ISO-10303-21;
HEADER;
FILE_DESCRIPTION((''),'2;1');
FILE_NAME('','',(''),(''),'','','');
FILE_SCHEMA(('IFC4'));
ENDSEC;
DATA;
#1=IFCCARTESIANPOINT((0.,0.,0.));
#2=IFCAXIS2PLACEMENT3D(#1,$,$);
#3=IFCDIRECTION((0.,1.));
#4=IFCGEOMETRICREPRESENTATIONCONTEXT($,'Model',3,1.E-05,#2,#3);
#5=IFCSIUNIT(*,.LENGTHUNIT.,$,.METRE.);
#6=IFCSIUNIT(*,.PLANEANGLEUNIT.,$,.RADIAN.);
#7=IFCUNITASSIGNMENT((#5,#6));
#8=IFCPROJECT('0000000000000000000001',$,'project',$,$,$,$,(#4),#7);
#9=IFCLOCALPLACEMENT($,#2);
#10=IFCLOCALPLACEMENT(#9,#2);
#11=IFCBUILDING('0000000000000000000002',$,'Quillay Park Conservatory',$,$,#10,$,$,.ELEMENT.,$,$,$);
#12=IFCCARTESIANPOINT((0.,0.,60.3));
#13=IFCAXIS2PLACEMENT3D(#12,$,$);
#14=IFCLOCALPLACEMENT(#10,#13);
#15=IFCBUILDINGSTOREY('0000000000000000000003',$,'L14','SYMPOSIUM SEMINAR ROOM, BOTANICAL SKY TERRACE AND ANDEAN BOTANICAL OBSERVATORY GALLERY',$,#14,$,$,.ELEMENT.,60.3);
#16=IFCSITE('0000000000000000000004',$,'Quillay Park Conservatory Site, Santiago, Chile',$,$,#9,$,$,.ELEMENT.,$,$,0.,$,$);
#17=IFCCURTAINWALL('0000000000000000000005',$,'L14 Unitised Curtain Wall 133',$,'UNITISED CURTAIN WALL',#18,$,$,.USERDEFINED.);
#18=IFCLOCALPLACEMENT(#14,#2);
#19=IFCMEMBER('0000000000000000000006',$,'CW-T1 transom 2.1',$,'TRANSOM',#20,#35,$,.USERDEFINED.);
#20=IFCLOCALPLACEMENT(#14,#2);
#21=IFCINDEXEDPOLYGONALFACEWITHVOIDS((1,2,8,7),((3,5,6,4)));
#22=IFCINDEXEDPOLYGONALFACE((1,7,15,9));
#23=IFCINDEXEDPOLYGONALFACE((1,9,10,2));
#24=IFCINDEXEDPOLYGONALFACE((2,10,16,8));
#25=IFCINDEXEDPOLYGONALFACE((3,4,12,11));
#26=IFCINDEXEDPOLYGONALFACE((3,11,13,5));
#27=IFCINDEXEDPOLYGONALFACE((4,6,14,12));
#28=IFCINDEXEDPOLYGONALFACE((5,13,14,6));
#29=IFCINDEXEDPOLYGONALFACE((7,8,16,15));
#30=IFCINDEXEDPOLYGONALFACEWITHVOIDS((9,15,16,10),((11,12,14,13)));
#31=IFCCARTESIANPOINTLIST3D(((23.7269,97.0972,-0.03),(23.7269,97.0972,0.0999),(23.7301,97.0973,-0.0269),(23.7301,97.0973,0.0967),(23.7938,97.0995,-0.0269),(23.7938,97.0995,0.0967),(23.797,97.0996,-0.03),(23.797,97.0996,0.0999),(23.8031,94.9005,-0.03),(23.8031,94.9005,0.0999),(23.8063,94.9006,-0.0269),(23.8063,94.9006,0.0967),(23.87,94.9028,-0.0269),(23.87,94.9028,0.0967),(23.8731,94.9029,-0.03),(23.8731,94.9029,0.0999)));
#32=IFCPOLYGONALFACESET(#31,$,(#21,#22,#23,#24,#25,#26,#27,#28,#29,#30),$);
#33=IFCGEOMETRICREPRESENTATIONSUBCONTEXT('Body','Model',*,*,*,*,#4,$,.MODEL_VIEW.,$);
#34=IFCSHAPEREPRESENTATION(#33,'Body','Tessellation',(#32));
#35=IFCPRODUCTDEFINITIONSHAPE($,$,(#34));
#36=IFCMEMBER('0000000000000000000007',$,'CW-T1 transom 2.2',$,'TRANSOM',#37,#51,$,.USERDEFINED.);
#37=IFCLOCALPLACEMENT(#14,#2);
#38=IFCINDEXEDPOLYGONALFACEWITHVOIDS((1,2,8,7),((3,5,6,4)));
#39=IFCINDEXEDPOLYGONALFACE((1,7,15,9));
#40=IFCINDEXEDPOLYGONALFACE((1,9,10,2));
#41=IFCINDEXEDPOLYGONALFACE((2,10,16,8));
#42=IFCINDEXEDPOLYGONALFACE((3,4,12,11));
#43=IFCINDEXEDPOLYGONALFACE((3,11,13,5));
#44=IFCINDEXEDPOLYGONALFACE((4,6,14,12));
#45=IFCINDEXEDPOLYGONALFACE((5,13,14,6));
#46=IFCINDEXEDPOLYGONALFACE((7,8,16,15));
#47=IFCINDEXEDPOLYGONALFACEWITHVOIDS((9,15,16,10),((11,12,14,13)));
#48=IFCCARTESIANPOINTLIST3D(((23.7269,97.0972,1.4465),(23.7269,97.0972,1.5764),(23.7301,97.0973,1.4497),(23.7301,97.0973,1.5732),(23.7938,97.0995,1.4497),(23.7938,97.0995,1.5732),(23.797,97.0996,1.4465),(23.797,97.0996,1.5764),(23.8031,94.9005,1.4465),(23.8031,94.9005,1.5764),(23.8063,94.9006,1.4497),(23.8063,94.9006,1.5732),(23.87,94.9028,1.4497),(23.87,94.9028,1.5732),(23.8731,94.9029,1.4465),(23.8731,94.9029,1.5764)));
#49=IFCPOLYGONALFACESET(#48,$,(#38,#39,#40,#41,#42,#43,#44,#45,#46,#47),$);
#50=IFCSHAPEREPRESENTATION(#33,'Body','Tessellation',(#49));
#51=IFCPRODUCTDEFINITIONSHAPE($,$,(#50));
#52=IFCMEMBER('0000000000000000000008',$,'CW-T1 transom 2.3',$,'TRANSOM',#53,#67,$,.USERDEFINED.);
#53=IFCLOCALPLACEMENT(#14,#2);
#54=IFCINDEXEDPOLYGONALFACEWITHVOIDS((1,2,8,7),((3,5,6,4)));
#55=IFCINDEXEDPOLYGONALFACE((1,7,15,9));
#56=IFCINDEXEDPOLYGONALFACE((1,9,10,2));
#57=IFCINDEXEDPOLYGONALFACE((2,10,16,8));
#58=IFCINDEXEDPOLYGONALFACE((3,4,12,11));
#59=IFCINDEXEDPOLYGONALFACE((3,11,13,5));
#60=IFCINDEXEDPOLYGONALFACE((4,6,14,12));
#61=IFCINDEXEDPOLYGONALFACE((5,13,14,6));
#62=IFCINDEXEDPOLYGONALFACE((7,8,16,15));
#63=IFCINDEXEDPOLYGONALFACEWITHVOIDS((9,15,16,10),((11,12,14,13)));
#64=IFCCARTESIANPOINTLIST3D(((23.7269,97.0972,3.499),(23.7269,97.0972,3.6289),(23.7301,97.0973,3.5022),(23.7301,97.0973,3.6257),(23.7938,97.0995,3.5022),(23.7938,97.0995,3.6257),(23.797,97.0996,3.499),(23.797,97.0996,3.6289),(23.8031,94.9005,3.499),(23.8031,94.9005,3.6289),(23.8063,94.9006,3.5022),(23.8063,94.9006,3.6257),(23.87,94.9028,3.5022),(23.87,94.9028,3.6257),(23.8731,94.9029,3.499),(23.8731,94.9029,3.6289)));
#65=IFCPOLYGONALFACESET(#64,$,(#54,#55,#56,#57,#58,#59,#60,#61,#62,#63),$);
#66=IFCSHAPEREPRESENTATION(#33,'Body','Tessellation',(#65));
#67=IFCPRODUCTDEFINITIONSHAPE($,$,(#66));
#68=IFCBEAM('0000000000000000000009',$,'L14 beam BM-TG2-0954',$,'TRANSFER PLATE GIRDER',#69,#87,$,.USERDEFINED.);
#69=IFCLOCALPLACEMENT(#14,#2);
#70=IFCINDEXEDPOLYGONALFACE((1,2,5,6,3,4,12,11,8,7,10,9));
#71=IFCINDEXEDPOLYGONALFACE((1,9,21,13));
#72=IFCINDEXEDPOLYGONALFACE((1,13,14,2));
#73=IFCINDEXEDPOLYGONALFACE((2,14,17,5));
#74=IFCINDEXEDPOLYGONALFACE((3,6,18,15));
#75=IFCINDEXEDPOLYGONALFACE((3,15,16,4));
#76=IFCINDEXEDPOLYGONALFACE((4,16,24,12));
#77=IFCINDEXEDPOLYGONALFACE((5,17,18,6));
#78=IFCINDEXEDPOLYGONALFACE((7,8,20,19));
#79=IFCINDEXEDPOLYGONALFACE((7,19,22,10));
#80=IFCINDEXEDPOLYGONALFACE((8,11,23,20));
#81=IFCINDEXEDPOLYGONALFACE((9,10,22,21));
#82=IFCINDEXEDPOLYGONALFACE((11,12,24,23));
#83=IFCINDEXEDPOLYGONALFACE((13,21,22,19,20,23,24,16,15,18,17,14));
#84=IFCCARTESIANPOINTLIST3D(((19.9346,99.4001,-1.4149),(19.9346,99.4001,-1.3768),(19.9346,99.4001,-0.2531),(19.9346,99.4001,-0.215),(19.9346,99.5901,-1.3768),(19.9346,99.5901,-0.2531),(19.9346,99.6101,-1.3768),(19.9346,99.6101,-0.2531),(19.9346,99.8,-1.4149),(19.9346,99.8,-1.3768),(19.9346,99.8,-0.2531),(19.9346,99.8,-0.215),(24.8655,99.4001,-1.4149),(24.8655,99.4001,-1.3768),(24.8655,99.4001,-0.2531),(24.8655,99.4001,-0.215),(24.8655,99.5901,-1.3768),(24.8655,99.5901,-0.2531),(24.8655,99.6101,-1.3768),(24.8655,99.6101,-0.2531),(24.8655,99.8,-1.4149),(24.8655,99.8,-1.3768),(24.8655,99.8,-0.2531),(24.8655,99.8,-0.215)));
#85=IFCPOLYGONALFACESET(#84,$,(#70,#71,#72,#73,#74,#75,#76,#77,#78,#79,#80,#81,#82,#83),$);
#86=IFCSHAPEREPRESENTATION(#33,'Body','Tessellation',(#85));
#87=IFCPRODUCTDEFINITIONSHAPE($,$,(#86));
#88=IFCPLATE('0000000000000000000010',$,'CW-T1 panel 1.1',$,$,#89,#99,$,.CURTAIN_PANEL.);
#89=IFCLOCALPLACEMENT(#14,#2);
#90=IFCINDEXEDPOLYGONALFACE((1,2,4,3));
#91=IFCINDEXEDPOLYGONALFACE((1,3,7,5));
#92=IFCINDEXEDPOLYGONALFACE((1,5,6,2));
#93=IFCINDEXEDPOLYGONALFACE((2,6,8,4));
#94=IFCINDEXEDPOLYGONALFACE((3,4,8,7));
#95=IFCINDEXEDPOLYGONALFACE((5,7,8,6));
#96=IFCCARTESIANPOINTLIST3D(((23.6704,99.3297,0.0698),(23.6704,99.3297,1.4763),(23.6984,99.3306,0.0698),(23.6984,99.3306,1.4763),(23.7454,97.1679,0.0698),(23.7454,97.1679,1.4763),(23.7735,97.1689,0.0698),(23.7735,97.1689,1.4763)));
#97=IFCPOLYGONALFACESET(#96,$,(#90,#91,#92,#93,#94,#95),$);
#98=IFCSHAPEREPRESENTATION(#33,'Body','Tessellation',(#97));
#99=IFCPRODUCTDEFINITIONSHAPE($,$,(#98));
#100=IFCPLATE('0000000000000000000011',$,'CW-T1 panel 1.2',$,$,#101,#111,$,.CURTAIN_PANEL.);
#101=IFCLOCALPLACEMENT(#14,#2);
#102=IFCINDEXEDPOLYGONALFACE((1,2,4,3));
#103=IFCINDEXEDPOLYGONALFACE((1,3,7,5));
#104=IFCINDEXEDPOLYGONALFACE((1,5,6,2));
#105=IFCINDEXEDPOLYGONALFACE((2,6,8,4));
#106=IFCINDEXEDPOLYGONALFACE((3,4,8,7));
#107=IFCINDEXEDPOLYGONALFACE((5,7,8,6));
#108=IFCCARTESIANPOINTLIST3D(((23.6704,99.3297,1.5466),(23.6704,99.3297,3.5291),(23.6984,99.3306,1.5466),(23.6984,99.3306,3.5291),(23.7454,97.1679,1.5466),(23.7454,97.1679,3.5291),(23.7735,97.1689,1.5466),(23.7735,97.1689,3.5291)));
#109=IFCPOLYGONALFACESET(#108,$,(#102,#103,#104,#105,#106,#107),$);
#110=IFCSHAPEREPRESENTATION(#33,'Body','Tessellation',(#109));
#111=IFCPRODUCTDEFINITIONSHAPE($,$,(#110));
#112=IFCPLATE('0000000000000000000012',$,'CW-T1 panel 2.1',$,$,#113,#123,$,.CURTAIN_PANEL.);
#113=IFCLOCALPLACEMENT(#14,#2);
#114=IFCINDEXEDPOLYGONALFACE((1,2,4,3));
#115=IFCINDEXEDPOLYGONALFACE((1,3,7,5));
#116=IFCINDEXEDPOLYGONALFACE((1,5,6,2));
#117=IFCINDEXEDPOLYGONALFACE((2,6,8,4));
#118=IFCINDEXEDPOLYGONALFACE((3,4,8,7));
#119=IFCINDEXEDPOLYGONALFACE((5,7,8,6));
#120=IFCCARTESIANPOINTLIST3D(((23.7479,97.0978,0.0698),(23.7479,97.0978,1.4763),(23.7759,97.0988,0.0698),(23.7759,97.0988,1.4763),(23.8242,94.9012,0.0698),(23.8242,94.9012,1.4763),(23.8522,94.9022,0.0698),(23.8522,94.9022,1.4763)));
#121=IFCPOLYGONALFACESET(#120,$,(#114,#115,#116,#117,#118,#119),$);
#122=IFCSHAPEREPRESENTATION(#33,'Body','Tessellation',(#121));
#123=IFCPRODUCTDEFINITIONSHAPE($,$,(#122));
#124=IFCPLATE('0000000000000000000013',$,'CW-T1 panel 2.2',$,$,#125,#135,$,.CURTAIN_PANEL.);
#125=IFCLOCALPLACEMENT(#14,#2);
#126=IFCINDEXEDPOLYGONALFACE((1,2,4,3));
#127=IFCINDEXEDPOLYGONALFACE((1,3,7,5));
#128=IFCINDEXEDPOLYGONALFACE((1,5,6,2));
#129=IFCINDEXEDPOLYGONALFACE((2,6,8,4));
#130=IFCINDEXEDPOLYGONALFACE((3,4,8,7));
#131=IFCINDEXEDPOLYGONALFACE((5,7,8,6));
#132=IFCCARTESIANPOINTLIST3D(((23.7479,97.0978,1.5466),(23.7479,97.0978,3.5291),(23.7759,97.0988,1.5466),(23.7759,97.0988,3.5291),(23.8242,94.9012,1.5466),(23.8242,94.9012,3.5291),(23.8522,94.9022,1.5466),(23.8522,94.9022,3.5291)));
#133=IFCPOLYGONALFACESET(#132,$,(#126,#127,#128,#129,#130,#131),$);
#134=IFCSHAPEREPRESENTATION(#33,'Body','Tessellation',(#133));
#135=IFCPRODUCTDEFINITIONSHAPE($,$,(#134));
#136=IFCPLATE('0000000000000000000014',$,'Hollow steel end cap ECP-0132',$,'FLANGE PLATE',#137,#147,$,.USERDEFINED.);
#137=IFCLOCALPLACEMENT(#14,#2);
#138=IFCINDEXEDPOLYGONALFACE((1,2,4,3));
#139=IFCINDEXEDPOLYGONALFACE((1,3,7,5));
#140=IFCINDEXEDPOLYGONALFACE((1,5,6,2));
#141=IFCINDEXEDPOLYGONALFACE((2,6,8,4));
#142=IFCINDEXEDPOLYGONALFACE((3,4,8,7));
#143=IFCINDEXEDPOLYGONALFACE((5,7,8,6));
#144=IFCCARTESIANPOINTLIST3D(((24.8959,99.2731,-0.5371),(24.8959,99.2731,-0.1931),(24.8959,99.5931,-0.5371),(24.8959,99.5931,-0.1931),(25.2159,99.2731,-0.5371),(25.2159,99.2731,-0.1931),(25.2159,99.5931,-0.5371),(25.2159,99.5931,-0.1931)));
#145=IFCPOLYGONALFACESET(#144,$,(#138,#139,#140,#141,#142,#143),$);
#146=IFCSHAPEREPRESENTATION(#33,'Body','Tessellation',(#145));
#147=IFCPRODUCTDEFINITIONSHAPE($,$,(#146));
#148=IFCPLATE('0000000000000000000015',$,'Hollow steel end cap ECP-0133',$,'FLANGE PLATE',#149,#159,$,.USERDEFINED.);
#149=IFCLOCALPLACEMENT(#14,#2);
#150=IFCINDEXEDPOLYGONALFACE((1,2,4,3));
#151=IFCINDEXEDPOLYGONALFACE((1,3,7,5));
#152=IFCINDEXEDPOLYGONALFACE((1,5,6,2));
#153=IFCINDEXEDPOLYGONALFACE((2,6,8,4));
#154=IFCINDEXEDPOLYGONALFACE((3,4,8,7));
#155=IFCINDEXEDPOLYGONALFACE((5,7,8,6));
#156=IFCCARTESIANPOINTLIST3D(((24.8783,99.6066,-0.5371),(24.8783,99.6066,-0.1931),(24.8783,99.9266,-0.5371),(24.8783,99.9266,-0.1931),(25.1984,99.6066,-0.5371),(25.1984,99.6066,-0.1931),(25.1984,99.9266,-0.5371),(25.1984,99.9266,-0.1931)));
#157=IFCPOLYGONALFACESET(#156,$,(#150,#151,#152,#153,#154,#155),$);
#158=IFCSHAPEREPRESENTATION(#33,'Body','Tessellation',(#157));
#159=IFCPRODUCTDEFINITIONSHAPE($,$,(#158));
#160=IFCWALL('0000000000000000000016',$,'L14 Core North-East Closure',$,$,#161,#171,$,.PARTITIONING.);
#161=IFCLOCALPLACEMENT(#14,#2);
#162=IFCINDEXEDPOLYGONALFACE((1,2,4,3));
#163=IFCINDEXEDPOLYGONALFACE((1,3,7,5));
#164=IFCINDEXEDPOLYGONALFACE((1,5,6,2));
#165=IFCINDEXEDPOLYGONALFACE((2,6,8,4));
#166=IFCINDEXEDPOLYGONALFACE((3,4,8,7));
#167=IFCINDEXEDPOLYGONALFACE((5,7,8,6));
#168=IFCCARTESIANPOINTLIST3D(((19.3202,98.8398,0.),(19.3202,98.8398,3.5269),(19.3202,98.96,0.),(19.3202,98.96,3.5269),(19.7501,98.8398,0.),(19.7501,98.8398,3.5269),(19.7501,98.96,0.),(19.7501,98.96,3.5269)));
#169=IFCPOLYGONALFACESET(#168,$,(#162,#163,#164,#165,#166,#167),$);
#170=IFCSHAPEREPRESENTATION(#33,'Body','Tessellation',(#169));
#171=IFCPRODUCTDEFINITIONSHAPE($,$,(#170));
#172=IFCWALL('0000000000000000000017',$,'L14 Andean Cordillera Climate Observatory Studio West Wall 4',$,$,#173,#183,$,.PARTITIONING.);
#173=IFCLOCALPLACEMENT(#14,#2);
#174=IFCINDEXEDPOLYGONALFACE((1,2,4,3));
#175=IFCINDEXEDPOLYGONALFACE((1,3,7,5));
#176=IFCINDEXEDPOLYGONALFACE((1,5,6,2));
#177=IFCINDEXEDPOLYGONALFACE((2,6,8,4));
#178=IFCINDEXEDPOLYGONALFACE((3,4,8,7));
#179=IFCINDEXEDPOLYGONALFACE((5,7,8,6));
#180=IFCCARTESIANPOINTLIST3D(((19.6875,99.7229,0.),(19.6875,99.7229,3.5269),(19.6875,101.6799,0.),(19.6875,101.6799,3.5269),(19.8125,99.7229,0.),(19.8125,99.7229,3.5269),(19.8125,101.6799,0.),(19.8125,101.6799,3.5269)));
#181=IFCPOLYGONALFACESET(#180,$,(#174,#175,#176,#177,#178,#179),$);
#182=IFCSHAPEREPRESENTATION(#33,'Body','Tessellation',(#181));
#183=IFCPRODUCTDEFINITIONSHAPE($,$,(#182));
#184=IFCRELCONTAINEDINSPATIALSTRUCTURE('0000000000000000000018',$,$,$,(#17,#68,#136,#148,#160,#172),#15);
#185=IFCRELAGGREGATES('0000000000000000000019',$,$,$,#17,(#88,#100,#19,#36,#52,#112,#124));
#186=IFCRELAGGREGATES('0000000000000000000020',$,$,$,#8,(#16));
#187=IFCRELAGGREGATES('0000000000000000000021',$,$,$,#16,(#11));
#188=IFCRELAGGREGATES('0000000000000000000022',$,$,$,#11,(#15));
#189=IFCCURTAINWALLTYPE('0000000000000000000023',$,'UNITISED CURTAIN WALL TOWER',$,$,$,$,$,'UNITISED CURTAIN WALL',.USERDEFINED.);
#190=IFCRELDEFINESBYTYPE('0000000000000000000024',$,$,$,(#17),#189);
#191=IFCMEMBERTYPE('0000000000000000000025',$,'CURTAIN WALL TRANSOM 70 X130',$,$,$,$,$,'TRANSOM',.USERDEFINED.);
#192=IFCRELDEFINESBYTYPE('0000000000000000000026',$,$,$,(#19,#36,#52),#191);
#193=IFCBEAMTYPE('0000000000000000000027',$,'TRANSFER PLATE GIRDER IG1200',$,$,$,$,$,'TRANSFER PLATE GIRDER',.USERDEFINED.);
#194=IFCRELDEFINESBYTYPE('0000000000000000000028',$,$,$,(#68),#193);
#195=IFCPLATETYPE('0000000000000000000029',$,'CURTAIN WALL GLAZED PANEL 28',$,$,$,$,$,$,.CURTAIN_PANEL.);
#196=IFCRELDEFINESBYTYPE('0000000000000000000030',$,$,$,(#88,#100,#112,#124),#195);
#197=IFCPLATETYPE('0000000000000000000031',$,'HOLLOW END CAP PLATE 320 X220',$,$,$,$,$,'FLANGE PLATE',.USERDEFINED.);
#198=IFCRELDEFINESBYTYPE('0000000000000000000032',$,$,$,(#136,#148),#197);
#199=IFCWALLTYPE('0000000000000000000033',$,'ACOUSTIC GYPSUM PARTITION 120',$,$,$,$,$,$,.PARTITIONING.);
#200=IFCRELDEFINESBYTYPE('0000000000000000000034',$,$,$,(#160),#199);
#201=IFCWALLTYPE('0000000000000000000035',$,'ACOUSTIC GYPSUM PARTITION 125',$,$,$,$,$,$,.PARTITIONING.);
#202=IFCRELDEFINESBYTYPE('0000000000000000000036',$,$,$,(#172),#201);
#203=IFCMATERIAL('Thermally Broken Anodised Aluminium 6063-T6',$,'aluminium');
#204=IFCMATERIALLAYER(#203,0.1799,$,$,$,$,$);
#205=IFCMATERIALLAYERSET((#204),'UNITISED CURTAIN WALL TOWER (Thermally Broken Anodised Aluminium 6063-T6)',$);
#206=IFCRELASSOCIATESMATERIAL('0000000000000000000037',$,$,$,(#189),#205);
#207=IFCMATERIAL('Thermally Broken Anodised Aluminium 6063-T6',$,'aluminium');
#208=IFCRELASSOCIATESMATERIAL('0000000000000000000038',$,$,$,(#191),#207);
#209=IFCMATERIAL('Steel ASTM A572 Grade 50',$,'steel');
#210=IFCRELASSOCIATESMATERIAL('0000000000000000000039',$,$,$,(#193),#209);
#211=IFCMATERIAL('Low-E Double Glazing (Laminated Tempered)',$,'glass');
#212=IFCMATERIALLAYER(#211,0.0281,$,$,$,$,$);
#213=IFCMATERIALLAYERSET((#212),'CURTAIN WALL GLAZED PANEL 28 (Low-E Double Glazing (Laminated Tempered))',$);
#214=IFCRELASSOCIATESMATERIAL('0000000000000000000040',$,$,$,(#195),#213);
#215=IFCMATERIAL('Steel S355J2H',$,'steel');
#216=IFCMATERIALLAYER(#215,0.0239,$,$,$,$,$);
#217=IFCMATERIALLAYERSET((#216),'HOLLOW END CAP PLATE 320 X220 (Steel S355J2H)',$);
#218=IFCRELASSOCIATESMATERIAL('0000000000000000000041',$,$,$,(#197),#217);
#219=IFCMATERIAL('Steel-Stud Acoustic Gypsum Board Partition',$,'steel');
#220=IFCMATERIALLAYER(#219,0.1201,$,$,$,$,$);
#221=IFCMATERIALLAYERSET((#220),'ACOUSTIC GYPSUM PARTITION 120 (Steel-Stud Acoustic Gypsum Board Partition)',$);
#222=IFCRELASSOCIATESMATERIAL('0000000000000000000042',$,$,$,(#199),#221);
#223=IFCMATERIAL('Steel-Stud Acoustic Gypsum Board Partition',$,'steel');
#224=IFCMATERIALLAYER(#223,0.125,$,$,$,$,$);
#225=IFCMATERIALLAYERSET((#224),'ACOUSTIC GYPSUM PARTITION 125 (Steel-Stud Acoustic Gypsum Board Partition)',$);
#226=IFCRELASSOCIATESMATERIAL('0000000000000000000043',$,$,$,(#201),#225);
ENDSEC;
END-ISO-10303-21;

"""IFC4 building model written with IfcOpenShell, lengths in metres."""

from ifc_helpers import new_model, si_unit, direction, frame, frame_2d, origin, origin_2d, place, context, subcontext, project, spatial, rectangle, hollow_rectangle, i_section, extrude, material, layer, layer_set, material_profile, profile_set, type_object, element, aggregate, save


model = new_model("IFC4")

# Units and contexts
model_context = context("Model", 3, precision=1e-05, world=origin(), true_north=direction((0.0, 1.0)))
body_context = subcontext(model_context, "Body", "Model", "MODEL_VIEW")
ifc_project = project(units=[si_unit("LENGTHUNIT", "METRE"), si_unit("PLANEANGLEUNIT", "RADIAN")], contexts=[model_context])

# Site, building, storey
site_placement = place(None, origin())
site = spatial("IfcSite", under=ifc_project, at=site_placement, Name="Quillay Park Conservatory Site, Santiago, Chile", CompositionType="ELEMENT", RefElevation=0.0)
building_placement = place(site_placement, origin())
building = spatial("IfcBuilding", under=site, at=building_placement, Name="Quillay Park Conservatory", CompositionType="ELEMENT")
storey_placement = place(building_placement, frame((0.0, 0.0, 60.3)))
storey = spatial("IfcBuildingStorey", under=building, at=storey_placement, Name="L14", Description="SYMPOSIUM SEMINAR ROOM, BOTANICAL SKY TERRACE AND ANDEAN BOTANICAL OBSERVATORY GALLERY", CompositionType="ELEMENT", Elevation=60.3)

# Curtain wall, members
ifc_material_1 = material(Name="Thermally Broken Anodised Aluminium 6063-T6", Category="aluminium")
ifc_layer_1 = layer(ifc_material_1, 0.1799)
ifc_layer_set_1 = layer_set([ifc_layer_1], Name="UNITISED CURTAIN WALL TOWER (Thermally Broken Anodised Aluminium 6063-T6)")
curtain_wall_type = type_object("IfcCurtainWallType", Name="UNITISED CURTAIN WALL TOWER", ElementType="UNITISED CURTAIN WALL", PredefinedType="USERDEFINED", material=ifc_layer_set_1)
curtain_wall_placement = place(storey_placement, origin())
curtain_wall = element("IfcCurtainWall", 1, at=curtain_wall_placement, inside=storey, type_object=curtain_wall_type, Name="L14 Unitised Curtain Wall 133", ObjectType="UNITISED CURTAIN WALL", PredefinedType="USERDEFINED")
ifc_material_2 = material(Name="Thermally Broken Anodised Aluminium 6063-T6", Category="aluminium")
ifc_material_profile_1 = material_profile(ifc_material_2, hollow_rectangle(XDim=0.0701, YDim=0.1299, WallThickness=0.0032, at=origin_2d()), Name="AL70x130x3.2")
ifc_profile_set_1 = profile_set([ifc_material_profile_1], Name="Thermally Broken Anodised Aluminium 6063-T6")
member_type_1 = type_object("IfcMemberType", Name="CURTAIN WALL TRANSOM 70 X130", ElementType="TRANSOM", PredefinedType="USERDEFINED", material=ifc_profile_set_1)
member_1_placement = place(storey_placement, frame((23.762, 97.0984, 0.0349), z_axis=(0.034654, -0.999399, 0.0), x_axis=(0.999399, 0.034654, 0.0)))
member_1 = element("IfcMember", 2, at=member_1_placement, type_object=member_type_1, Name="CW-T1 transom 2.1", ObjectType="TRANSOM", PredefinedType="USERDEFINED", context=body_context, shape_type="SweptSolid", body=[
    extrude(hollow_rectangle(XDim=0.0701, YDim=0.1299, WallThickness=0.0032, at=origin_2d()), origin(), (0.0, 0.0, 1.0), 2.198),
])
member_2_placement = place(storey_placement, frame((23.762, 97.0984, 1.5115), z_axis=(0.034654, -0.999399, 0.0), x_axis=(0.999399, 0.034654, 0.0)))
member_2 = element("IfcMember", 3, at=member_2_placement, type_object=member_type_1, Name="CW-T1 transom 2.2", ObjectType="TRANSOM", PredefinedType="USERDEFINED", context=body_context, shape_type="SweptSolid", body=[
    extrude(hollow_rectangle(XDim=0.0701, YDim=0.1299, WallThickness=0.0032, at=origin_2d()), origin(), (0.0, 0.0, 1.0), 2.198),
])
member_3_placement = place(storey_placement, frame((23.762, 97.0984, 3.564), z_axis=(0.034654, -0.999399, 0.0), x_axis=(0.999399, 0.034654, 0.0)))
member_3 = element("IfcMember", 4, at=member_3_placement, type_object=member_type_1, Name="CW-T1 transom 2.3", ObjectType="TRANSOM", PredefinedType="USERDEFINED", context=body_context, shape_type="SweptSolid", body=[
    extrude(hollow_rectangle(XDim=0.0701, YDim=0.1299, WallThickness=0.0032, at=origin_2d()), origin(), (0.0, 0.0, 1.0), 2.198),
])

# Beam
ifc_material_3 = material(Name="Steel ASTM A572 Grade 50", Category="steel")
ifc_material_profile_2 = material_profile(ifc_material_3, i_section(OverallWidth=0.3999, OverallDepth=1.2, WebThickness=0.02, FlangeThickness=0.0381, at=origin_2d()), Name="IG1200x400")
ifc_profile_set_2 = profile_set([ifc_material_profile_2], Name="Steel ASTM A572 Grade 50")
beam_type = type_object("IfcBeamType", Name="TRANSFER PLATE GIRDER IG1200", ElementType="TRANSFER PLATE GIRDER", PredefinedType="USERDEFINED", material=ifc_profile_set_2)
beam_placement = place(storey_placement, frame((19.9346, 99.6001, -0.8149), z_axis=(1.0, 0.0, 0.0), x_axis=(0.0, 1.0, 0.0)))
element("IfcBeam", 5, at=beam_placement, inside=storey, type_object=beam_type, Name="L14 beam BM-TG2-0954", ObjectType="TRANSFER PLATE GIRDER", PredefinedType="USERDEFINED", context=body_context, shape_type="SweptSolid", body=[
    extrude(i_section(OverallWidth=0.3999, OverallDepth=1.2, WebThickness=0.02, FlangeThickness=0.0381, at=origin_2d()), origin(), (0.0, 0.0, 1.0), 4.9309),
])

# Plates
ifc_material_4 = material(Name="Low-E Double Glazing (Laminated Tempered)", Category="glass")
ifc_layer_2 = layer(ifc_material_4, 0.0281)
ifc_layer_set_2 = layer_set([ifc_layer_2], Name="CURTAIN WALL GLAZED PANEL 28 (Low-E Double Glazing (Laminated Tempered))")
plate_type_1 = type_object("IfcPlateType", Name="CURTAIN WALL GLAZED PANEL 28", PredefinedType="CURTAIN_PANEL", material=ifc_layer_set_2)
plate_1_placement = place(storey_placement, frame((23.7219, 98.2493, 0.0698), z_axis=(0.0, 0.0, 1.0), x_axis=(0.034713, -0.999397, 0.0)))
plate_1 = element("IfcPlate", 6, at=plate_1_placement, type_object=plate_type_1, Name="CW-T1 panel 1.1", PredefinedType="CURTAIN_PANEL", context=body_context, shape_type="SweptSolid", body=[
    extrude(rectangle(XDim=2.1631, YDim=0.0281, at=origin_2d()), origin(), (0.0, 0.0, 1.0), 1.4065),
])
plate_2_placement = place(storey_placement, frame((23.7219, 98.2493, 1.5466), z_axis=(0.0, 0.0, 1.0), x_axis=(0.034713, -0.999397, 0.0)))
plate_2 = element("IfcPlate", 7, at=plate_2_placement, type_object=plate_type_1, Name="CW-T1 panel 1.2", PredefinedType="CURTAIN_PANEL", context=body_context, shape_type="SweptSolid", body=[
    extrude(rectangle(XDim=2.1631, YDim=0.0281, at=origin_2d()), origin(), (0.0, 0.0, 1.0), 1.9824),
])
plate_3_placement = place(storey_placement, frame((23.8, 96.0, 0.0698), z_axis=(0.0, 0.0, 1.0), x_axis=(0.034713, -0.999397, 0.0)))
plate_3 = element("IfcPlate", 8, at=plate_3_placement, type_object=plate_type_1, Name="CW-T1 panel 2.1", PredefinedType="CURTAIN_PANEL", context=body_context, shape_type="SweptSolid", body=[
    extrude(rectangle(XDim=2.198, YDim=0.0281, at=origin_2d()), origin(), (0.0, 0.0, 1.0), 1.4065),
])
plate_4_placement = place(storey_placement, frame((23.8, 96.0, 1.5466), z_axis=(0.0, 0.0, 1.0), x_axis=(0.034713, -0.999397, 0.0)))
plate_4 = element("IfcPlate", 9, at=plate_4_placement, type_object=plate_type_1, Name="CW-T1 panel 2.2", PredefinedType="CURTAIN_PANEL", context=body_context, shape_type="SweptSolid", body=[
    extrude(rectangle(XDim=2.198, YDim=0.0281, at=origin_2d()), origin(), (0.0, 0.0, 1.0), 1.9824),
])
aggregate(curtain_wall, [plate_1, plate_2, member_1, member_2, member_3, plate_3, plate_4])

# Plates
ifc_material_5 = material(Name="Steel S355J2H", Category="steel")
ifc_layer_3 = layer(ifc_material_5, 0.0239)
ifc_layer_set_3 = layer_set([ifc_layer_3], Name="HOLLOW END CAP PLATE 320 X220 (Steel S355J2H)")
plate_type_2 = type_object("IfcPlateType", Name="HOLLOW END CAP PLATE 320 X220", ElementType="FLANGE PLATE", PredefinedType="USERDEFINED", material=ifc_layer_set_3)
for number, where, z_axis, x_axis, name in (
    (10, (25.0559, 99.4331, -0.5371), (0.0, 0.0, 1.0), (1.0, 0.0, 0.0), "Hollow steel end cap ECP-0132"),
    (11, (25.0383, 99.7666, -0.5371), (0.0, 0.0, 1.0), (1.0, 0.0, 0.0), "Hollow steel end cap ECP-0133"),
):
    element("IfcPlate", number, at=place(storey_placement, frame(where, z_axis=z_axis, x_axis=x_axis)), inside=storey, type_object=plate_type_2, Name=name, ObjectType="FLANGE PLATE", PredefinedType="USERDEFINED", context=body_context, shape_type="SweptSolid", body=[
        extrude(rectangle(XDim=0.3201, YDim=0.3201, at=origin_2d()), origin(), (0.0, 0.0, 1.0), 0.344),
    ])

# Walls
ifc_material_6 = material(Name="Steel-Stud Acoustic Gypsum Board Partition", Category="steel")
ifc_layer_4 = layer(ifc_material_6, 0.1201)
ifc_layer_set_4 = layer_set([ifc_layer_4], Name="ACOUSTIC GYPSUM PARTITION 120 (Steel-Stud Acoustic Gypsum Board Partition)")
wall_type_1 = type_object("IfcWallType", Name="ACOUSTIC GYPSUM PARTITION 120", PredefinedType="PARTITIONING", material=ifc_layer_set_4)
wall_1_placement = place(storey_placement, frame((19.75, 98.8999, 0.0), z_axis=(0.0, 0.0, 1.0), x_axis=(-1.0, 0.0, 0.0)))
element("IfcWall", 12, at=wall_1_placement, inside=storey, type_object=wall_type_1, Name="L14 Core North-East Closure", PredefinedType="PARTITIONING", context=body_context, shape_type="SweptSolid", body=[
    extrude(rectangle(XDim=0.4299, YDim=0.1201, at=frame_2d((0.2148, 0.0))), origin(), (0.0, 0.0, 1.0), 3.5269),
])
ifc_material_7 = material(Name="Steel-Stud Acoustic Gypsum Board Partition", Category="steel")
ifc_layer_5 = layer(ifc_material_7, 0.125)
ifc_layer_set_5 = layer_set([ifc_layer_5], Name="ACOUSTIC GYPSUM PARTITION 125 (Steel-Stud Acoustic Gypsum Board Partition)")
wall_type_2 = type_object("IfcWallType", Name="ACOUSTIC GYPSUM PARTITION 125", PredefinedType="PARTITIONING", material=ifc_layer_set_5)
wall_2_placement = place(storey_placement, frame((19.75, 99.7229, 0.0), z_axis=(0.0, 0.0, 1.0), x_axis=(0.0, 1.0, 0.0)))
element("IfcWall", 13, at=wall_2_placement, inside=storey, type_object=wall_type_2, Name="L14 Andean Cordillera Climate Observatory Studio West Wall 4", PredefinedType="PARTITIONING", context=body_context, shape_type="SweptSolid", body=[
    extrude(rectangle(XDim=1.957, YDim=0.125, at=frame_2d((0.9785, 0.0))), origin(), (0.0, 0.0, 1.0), 3.5269),
])

save(model, "model.ifc")
